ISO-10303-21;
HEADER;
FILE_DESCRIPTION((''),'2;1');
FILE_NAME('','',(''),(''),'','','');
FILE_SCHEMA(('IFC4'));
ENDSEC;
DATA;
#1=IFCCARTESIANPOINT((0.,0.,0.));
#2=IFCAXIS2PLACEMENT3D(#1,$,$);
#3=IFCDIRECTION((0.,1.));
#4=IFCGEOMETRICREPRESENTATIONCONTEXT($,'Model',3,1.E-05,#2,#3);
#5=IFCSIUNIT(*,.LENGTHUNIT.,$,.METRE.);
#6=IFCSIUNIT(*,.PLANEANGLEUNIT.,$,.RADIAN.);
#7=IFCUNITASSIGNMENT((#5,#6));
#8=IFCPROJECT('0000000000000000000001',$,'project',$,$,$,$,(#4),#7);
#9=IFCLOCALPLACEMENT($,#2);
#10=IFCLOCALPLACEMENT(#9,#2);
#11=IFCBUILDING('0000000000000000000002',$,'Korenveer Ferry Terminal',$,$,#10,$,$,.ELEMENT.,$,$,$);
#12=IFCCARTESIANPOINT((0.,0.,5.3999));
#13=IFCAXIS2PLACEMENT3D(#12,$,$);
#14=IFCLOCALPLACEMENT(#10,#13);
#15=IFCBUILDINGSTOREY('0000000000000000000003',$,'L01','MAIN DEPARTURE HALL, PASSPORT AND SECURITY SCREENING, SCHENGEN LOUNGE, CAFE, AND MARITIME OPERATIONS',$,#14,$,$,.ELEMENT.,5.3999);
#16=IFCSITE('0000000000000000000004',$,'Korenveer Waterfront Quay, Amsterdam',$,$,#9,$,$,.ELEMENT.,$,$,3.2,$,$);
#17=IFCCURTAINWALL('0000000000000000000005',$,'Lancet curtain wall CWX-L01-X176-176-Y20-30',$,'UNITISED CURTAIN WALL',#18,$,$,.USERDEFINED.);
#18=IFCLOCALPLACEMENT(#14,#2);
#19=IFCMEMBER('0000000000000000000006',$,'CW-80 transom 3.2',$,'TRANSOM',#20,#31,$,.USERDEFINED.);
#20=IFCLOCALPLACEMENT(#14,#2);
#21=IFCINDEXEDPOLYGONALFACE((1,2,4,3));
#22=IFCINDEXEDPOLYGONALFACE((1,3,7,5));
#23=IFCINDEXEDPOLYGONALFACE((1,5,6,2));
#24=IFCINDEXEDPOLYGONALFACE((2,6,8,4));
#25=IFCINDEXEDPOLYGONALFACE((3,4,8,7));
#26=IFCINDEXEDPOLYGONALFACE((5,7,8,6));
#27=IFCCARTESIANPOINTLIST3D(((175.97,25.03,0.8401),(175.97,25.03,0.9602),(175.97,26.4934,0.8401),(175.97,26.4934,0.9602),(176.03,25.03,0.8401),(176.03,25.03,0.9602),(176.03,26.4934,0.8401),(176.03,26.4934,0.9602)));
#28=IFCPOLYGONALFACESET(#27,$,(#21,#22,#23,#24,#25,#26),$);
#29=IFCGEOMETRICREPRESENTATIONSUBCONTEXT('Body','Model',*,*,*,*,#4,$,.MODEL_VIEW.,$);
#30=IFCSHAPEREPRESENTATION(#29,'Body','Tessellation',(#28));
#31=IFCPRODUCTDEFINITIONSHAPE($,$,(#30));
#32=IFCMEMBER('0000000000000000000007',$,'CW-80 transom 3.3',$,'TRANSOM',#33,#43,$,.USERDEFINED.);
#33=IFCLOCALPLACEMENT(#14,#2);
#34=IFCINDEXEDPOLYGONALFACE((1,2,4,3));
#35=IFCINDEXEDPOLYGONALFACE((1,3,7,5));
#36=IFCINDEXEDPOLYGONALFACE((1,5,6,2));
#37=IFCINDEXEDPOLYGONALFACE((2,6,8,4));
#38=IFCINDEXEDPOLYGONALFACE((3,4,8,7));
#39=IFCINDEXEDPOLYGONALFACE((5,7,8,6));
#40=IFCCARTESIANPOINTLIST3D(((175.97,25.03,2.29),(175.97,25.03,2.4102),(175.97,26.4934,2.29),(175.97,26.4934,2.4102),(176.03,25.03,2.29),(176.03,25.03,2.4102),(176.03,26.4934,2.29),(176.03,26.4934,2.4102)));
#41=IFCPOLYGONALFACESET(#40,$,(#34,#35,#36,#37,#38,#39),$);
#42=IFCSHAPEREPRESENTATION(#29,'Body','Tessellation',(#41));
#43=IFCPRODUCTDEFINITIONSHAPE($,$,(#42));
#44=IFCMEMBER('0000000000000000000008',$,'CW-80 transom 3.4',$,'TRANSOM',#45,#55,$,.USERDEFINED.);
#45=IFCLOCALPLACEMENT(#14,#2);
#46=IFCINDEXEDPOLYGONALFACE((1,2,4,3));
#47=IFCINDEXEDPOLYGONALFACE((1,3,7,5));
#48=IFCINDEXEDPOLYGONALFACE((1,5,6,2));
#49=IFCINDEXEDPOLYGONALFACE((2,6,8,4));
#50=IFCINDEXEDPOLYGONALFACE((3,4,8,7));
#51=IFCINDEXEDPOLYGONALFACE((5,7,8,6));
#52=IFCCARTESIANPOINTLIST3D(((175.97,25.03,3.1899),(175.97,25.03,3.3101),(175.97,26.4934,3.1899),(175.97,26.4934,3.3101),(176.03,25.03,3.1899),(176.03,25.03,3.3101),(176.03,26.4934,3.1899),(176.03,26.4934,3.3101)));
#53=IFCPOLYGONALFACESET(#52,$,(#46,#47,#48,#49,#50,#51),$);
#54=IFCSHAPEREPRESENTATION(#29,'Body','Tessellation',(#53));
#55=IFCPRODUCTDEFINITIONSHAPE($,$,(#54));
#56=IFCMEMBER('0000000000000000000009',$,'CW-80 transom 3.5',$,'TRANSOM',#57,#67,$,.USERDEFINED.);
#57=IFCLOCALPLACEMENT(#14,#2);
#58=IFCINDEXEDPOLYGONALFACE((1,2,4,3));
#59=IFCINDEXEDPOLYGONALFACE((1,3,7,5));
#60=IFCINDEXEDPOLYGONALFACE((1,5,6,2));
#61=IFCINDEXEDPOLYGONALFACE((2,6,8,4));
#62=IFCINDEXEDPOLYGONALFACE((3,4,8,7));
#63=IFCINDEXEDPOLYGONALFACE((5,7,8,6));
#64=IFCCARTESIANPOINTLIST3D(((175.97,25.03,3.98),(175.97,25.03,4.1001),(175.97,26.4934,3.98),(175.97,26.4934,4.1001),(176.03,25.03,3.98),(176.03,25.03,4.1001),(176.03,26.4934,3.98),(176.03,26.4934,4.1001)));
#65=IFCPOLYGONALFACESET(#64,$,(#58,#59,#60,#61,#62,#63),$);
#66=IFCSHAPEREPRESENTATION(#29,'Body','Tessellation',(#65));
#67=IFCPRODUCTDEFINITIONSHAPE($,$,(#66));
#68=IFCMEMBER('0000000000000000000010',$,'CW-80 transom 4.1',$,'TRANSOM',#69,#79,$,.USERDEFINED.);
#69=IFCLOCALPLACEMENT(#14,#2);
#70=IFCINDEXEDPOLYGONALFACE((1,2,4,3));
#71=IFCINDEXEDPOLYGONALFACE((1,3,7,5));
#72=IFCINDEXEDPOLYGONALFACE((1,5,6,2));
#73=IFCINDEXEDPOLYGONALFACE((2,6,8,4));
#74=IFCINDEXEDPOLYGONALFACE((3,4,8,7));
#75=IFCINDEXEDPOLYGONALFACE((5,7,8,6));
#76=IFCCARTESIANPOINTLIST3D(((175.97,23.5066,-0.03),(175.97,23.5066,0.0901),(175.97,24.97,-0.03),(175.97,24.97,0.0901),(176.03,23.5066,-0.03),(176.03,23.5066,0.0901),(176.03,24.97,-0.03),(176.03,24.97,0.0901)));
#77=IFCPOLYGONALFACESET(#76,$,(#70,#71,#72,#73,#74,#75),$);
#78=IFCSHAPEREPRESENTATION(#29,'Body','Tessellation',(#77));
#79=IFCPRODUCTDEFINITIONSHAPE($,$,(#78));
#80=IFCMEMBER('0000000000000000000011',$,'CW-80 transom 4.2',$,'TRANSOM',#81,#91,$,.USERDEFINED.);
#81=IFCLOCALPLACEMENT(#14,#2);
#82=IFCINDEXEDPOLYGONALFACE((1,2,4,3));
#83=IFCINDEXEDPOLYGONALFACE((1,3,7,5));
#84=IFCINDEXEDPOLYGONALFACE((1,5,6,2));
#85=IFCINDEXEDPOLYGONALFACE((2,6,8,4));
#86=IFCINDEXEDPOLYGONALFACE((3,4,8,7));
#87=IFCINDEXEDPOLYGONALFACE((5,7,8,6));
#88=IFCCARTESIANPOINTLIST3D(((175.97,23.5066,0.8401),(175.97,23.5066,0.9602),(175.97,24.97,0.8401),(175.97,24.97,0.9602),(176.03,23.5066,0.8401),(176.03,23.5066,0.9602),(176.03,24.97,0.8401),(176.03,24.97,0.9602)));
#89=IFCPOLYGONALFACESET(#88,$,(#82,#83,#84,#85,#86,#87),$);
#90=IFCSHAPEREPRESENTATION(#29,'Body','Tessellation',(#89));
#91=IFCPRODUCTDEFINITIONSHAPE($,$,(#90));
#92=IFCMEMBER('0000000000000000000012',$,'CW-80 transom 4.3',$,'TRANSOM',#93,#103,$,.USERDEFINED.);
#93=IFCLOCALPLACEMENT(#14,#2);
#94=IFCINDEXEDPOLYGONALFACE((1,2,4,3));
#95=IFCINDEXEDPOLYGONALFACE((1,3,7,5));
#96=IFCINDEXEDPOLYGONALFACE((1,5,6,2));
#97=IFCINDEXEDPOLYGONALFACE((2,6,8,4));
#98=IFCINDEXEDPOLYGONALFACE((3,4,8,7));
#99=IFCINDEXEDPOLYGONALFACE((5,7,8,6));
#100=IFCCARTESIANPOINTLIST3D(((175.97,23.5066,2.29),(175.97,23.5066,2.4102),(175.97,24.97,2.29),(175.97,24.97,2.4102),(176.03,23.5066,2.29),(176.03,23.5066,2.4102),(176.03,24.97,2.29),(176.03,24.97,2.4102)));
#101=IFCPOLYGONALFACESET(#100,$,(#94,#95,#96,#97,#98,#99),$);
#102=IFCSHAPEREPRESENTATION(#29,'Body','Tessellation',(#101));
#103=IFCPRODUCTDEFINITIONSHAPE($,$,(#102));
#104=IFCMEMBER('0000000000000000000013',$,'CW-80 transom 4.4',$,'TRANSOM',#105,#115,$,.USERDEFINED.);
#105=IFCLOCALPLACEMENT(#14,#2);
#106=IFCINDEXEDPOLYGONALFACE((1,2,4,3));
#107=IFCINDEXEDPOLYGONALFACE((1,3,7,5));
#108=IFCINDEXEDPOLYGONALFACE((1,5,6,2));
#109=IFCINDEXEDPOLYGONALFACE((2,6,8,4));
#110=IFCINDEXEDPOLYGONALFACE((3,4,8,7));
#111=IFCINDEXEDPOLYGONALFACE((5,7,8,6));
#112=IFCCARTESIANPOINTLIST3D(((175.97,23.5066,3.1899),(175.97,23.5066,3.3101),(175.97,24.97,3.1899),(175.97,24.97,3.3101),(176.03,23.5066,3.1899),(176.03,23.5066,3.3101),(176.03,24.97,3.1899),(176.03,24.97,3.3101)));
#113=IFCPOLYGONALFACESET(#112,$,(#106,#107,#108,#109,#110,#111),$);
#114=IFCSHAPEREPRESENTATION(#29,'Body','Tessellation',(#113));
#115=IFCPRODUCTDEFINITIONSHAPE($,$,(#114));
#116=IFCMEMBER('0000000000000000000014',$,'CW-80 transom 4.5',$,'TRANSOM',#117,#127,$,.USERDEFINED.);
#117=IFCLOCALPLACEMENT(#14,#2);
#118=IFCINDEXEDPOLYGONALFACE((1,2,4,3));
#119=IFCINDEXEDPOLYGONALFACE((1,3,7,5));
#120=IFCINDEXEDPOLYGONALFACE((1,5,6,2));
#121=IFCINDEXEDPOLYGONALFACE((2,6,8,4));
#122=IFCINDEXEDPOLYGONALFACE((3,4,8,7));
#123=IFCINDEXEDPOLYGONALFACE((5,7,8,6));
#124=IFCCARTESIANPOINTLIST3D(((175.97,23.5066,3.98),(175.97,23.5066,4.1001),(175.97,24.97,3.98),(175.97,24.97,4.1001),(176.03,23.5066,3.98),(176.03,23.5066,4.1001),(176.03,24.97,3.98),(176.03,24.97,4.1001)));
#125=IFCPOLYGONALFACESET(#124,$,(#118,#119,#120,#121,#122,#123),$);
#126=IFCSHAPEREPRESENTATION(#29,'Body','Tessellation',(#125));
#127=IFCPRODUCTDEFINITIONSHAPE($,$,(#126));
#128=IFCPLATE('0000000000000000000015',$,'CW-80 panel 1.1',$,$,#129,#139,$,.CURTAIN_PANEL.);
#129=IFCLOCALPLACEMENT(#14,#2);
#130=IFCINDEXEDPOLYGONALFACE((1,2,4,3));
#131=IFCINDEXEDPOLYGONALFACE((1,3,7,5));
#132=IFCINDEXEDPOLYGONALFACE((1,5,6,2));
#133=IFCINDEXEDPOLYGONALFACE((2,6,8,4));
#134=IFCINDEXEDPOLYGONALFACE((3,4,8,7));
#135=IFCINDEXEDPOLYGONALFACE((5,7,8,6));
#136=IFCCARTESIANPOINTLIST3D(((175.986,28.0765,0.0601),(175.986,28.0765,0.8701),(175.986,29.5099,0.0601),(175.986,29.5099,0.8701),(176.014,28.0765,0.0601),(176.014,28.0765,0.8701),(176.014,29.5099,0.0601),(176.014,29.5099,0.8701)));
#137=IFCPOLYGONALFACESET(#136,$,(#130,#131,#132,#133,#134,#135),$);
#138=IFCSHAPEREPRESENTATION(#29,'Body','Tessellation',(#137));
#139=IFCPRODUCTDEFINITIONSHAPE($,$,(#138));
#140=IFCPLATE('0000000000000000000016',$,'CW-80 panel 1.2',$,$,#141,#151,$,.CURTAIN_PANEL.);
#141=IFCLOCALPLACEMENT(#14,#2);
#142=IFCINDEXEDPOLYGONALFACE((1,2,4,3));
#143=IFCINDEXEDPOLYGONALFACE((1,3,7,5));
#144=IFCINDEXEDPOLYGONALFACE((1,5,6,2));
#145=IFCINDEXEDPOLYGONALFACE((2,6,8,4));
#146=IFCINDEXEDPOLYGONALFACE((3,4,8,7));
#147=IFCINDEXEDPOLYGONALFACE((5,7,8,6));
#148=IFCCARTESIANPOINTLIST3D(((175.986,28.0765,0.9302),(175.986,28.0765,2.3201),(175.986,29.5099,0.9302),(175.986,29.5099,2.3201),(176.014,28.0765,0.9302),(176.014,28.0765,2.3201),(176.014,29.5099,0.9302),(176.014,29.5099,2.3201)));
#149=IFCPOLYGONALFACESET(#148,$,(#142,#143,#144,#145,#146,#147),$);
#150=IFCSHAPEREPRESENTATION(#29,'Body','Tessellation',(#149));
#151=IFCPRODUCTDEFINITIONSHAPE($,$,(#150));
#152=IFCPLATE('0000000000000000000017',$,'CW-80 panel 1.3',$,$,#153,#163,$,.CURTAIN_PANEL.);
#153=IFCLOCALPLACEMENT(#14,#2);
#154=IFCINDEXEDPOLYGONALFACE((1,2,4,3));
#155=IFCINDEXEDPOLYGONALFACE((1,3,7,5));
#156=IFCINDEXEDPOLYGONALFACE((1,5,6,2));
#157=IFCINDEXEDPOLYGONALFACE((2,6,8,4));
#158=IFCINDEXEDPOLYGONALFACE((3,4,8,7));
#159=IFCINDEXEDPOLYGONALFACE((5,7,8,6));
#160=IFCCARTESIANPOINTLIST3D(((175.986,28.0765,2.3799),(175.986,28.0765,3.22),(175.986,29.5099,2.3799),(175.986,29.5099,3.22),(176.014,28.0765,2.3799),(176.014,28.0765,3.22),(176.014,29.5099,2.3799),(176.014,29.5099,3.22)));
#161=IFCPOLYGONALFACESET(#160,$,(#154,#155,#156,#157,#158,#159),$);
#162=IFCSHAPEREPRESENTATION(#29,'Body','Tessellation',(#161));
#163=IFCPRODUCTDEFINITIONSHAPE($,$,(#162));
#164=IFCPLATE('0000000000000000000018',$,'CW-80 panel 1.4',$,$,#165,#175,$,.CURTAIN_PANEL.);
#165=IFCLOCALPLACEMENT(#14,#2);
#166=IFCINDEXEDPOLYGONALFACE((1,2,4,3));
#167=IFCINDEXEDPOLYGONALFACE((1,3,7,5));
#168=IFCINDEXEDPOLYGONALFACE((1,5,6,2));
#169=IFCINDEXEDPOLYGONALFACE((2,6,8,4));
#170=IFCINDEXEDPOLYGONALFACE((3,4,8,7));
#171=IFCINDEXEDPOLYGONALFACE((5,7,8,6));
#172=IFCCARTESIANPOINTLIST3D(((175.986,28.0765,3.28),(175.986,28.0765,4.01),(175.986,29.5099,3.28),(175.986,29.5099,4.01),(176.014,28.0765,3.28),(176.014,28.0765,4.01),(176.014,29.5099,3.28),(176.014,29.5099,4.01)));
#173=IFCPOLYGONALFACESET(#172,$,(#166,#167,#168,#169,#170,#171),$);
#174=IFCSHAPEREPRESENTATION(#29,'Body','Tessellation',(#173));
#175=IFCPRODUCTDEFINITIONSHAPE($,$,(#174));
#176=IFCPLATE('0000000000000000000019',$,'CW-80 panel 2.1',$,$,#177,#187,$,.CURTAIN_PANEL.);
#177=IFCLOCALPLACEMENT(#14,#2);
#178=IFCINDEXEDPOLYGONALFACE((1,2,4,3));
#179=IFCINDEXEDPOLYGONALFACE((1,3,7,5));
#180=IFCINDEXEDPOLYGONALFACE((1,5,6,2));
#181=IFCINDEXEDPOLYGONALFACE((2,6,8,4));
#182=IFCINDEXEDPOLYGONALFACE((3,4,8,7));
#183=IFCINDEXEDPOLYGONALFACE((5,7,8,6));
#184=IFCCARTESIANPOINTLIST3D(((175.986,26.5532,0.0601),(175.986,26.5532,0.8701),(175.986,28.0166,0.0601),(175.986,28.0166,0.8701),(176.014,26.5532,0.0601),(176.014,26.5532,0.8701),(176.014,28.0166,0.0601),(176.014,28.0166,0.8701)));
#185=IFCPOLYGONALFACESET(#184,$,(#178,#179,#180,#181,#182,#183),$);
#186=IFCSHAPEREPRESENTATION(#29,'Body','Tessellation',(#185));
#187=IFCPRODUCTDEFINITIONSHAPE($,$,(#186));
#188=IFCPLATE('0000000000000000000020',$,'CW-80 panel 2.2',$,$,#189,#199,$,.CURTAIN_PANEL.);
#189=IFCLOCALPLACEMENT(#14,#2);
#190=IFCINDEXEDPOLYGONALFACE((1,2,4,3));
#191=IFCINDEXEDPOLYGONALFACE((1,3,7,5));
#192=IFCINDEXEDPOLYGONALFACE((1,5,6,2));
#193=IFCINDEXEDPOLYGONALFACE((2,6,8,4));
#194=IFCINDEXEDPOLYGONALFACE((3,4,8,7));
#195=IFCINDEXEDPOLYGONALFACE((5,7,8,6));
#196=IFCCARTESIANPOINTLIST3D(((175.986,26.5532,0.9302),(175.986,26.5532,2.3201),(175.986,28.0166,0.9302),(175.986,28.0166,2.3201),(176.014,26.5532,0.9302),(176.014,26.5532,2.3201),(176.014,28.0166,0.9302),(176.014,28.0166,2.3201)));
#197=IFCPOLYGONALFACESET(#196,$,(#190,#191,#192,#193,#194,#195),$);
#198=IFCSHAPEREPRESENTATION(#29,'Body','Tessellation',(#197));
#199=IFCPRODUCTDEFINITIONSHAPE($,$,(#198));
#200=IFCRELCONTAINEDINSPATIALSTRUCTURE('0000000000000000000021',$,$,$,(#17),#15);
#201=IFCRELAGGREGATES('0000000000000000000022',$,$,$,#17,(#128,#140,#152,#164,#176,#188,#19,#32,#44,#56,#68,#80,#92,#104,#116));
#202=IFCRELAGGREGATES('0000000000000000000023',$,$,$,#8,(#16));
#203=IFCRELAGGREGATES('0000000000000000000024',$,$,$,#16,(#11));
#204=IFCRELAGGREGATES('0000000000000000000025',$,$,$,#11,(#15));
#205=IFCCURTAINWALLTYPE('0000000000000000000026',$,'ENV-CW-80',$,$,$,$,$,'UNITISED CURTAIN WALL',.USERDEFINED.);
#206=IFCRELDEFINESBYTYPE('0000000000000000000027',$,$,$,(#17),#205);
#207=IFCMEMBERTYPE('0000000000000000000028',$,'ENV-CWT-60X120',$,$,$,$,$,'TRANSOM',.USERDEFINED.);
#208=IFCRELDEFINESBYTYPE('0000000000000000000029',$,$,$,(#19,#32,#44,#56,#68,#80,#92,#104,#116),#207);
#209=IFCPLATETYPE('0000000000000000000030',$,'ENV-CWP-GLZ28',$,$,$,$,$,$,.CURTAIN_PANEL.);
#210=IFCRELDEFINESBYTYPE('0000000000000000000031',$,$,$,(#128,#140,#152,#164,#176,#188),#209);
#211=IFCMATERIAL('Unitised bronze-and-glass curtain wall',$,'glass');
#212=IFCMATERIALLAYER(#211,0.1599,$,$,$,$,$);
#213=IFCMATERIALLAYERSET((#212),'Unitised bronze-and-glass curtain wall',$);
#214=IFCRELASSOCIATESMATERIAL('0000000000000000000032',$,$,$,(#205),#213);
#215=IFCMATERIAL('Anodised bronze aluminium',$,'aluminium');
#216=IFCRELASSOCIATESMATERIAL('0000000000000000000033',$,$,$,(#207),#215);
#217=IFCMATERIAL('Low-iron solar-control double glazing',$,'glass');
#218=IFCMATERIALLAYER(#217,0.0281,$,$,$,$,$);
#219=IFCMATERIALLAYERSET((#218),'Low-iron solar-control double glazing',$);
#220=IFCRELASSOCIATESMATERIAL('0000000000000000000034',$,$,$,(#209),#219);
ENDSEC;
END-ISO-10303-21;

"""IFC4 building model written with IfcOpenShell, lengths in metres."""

from ifc_helpers import new_model, si_unit, direction, frame, origin, origin_2d, place, context, subcontext, project, spatial, rectangle, extrude, material, layer, layer_set, material_profile, profile_set, type_object, element, aggregate, save


model = new_model("IFC4")

# Units and contexts
model_context = context("Model", 3, precision=1e-05, world=origin(), true_north=direction((0.0, 1.0)))
body_context = subcontext(model_context, "Body", "Model", "MODEL_VIEW")
ifc_project = project(units=[si_unit("LENGTHUNIT", "METRE"), si_unit("PLANEANGLEUNIT", "RADIAN")], contexts=[model_context])

# Site, building, storey
site_placement = place(None, origin())
site = spatial("IfcSite", under=ifc_project, at=site_placement, Name="Korenveer Waterfront Quay, Amsterdam", CompositionType="ELEMENT", RefElevation=3.2)
building_placement = place(site_placement, origin())
building = spatial("IfcBuilding", under=site, at=building_placement, Name="Korenveer Ferry Terminal", CompositionType="ELEMENT")
storey_placement = place(building_placement, frame((0.0, 0.0, 5.3999)))
storey = spatial("IfcBuildingStorey", under=building, at=storey_placement, Name="L01", Description="MAIN DEPARTURE HALL, PASSPORT AND SECURITY SCREENING, SCHENGEN LOUNGE, CAFE, AND MARITIME OPERATIONS", CompositionType="ELEMENT", Elevation=5.3999)

# Curtain wall, members, plates
ifc_material_1 = material(Name="Unitised bronze-and-glass curtain wall", Category="glass")
ifc_layer_1 = layer(ifc_material_1, 0.1599)
ifc_layer_set_1 = layer_set([ifc_layer_1], Name="Unitised bronze-and-glass curtain wall")
curtain_wall_type = type_object("IfcCurtainWallType", Name="ENV-CW-80", ElementType="UNITISED CURTAIN WALL", PredefinedType="USERDEFINED", material=ifc_layer_set_1)
curtain_wall_placement = place(storey_placement, frame((176.0, 29.5701, 0.0)))
curtain_wall = element("IfcCurtainWall", 1, at=curtain_wall_placement, inside=storey, type_object=curtain_wall_type, Name="Lancet curtain wall CWX-L01-X176-176-Y20-30", ObjectType="UNITISED CURTAIN WALL", PredefinedType="USERDEFINED")
ifc_material_2 = material(Name="Anodised bronze aluminium", Category="aluminium")
ifc_material_profile_1 = material_profile(ifc_material_2, rectangle(XDim=0.0601, YDim=0.1201, at=origin_2d()), Name="ALU 60x120")
ifc_profile_set_1 = profile_set([ifc_material_profile_1], Name="Anodised bronze aluminium")
member_type_1 = type_object("IfcMemberType", Name="ENV-CWT-60X120", ElementType="TRANSOM", PredefinedType="USERDEFINED", material=ifc_profile_set_1)
member_1_placement = place(storey_placement, frame((176.0, 26.4934, 0.9001), z_axis=(0.0, -1.0, 0.0), x_axis=(1.0, 0.0, 0.0)))
member_1 = element("IfcMember", 2, at=member_1_placement, type_object=member_type_1, Name="CW-80 transom 3.2", ObjectType="TRANSOM", PredefinedType="USERDEFINED", context=body_context, shape_type="SweptSolid", body=[
    extrude(rectangle(XDim=0.0601, YDim=0.1201, at=origin_2d()), origin(), (0.0, 0.0, 1.0), 1.4634),
])
member_2_placement = place(storey_placement, frame((176.0, 26.4934, 2.3501), z_axis=(0.0, -1.0, 0.0), x_axis=(1.0, 0.0, 0.0)))
member_2 = element("IfcMember", 3, at=member_2_placement, type_object=member_type_1, Name="CW-80 transom 3.3", ObjectType="TRANSOM", PredefinedType="USERDEFINED", context=body_context, shape_type="SweptSolid", body=[
    extrude(rectangle(XDim=0.0601, YDim=0.1201, at=origin_2d()), origin(), (0.0, 0.0, 1.0), 1.4634),
])
member_3_placement = place(storey_placement, frame((176.0, 26.4934, 3.25), z_axis=(0.0, -1.0, 0.0), x_axis=(1.0, 0.0, 0.0)))
member_3 = element("IfcMember", 4, at=member_3_placement, type_object=member_type_1, Name="CW-80 transom 3.4", ObjectType="TRANSOM", PredefinedType="USERDEFINED", context=body_context, shape_type="SweptSolid", body=[
    extrude(rectangle(XDim=0.0601, YDim=0.1201, at=origin_2d()), origin(), (0.0, 0.0, 1.0), 1.4634),
])
member_4_placement = place(storey_placement, frame((176.0, 26.4934, 4.04), z_axis=(0.0, -1.0, 0.0), x_axis=(1.0, 0.0, 0.0)))
member_4 = element("IfcMember", 5, at=member_4_placement, type_object=member_type_1, Name="CW-80 transom 3.5", ObjectType="TRANSOM", PredefinedType="USERDEFINED", context=body_context, shape_type="SweptSolid", body=[
    extrude(rectangle(XDim=0.0601, YDim=0.1201, at=origin_2d()), origin(), (0.0, 0.0, 1.0), 1.4634),
])
member_5_placement = place(storey_placement, frame((176.0, 24.97, 0.03), z_axis=(0.0, -1.0, 0.0), x_axis=(1.0, 0.0, 0.0)))
member_5 = element("IfcMember", 6, at=member_5_placement, type_object=member_type_1, Name="CW-80 transom 4.1", ObjectType="TRANSOM", PredefinedType="USERDEFINED", context=body_context, shape_type="SweptSolid", body=[
    extrude(rectangle(XDim=0.0601, YDim=0.1201, at=origin_2d()), origin(), (0.0, 0.0, 1.0), 1.4634),
])
member_6_placement = place(storey_placement, frame((176.0, 24.97, 0.9001), z_axis=(0.0, -1.0, 0.0), x_axis=(1.0, 0.0, 0.0)))
member_6 = element("IfcMember", 7, at=member_6_placement, type_object=member_type_1, Name="CW-80 transom 4.2", ObjectType="TRANSOM", PredefinedType="USERDEFINED", context=body_context, shape_type="SweptSolid", body=[
    extrude(rectangle(XDim=0.0601, YDim=0.1201, at=origin_2d()), origin(), (0.0, 0.0, 1.0), 1.4634),
])
member_7_placement = place(storey_placement, frame((176.0, 24.97, 2.3501), z_axis=(0.0, -1.0, 0.0), x_axis=(1.0, 0.0, 0.0)))
member_7 = element("IfcMember", 8, at=member_7_placement, type_object=member_type_1, Name="CW-80 transom 4.3", ObjectType="TRANSOM", PredefinedType="USERDEFINED", context=body_context, shape_type="SweptSolid", body=[
    extrude(rectangle(XDim=0.0601, YDim=0.1201, at=origin_2d()), origin(), (0.0, 0.0, 1.0), 1.4634),
])
member_8_placement = place(storey_placement, frame((176.0, 24.97, 3.25), z_axis=(0.0, -1.0, 0.0), x_axis=(1.0, 0.0, 0.0)))
member_8 = element("IfcMember", 9, at=member_8_placement, type_object=member_type_1, Name="CW-80 transom 4.4", ObjectType="TRANSOM", PredefinedType="USERDEFINED", context=body_context, shape_type="SweptSolid", body=[
    extrude(rectangle(XDim=0.0601, YDim=0.1201, at=origin_2d()), origin(), (0.0, 0.0, 1.0), 1.4634),
])
member_9_placement = place(storey_placement, frame((176.0, 24.97, 4.04), z_axis=(0.0, -1.0, 0.0), x_axis=(1.0, 0.0, 0.0)))
member_9 = element("IfcMember", 10, at=member_9_placement, type_object=member_type_1, Name="CW-80 transom 4.5", ObjectType="TRANSOM", PredefinedType="USERDEFINED", context=body_context, shape_type="SweptSolid", body=[
    extrude(rectangle(XDim=0.0601, YDim=0.1201, at=origin_2d()), origin(), (0.0, 0.0, 1.0), 1.4634),
])
ifc_material_3 = material(Name="Low-iron solar-control double glazing", Category="glass")
ifc_layer_2 = layer(ifc_material_3, 0.0281)
ifc_layer_set_2 = layer_set([ifc_layer_2], Name="Low-iron solar-control double glazing")
plate_type = type_object("IfcPlateType", Name="ENV-CWP-GLZ28", PredefinedType="CURTAIN_PANEL", material=ifc_layer_set_2)
plate_1_placement = place(storey_placement, frame((176.0, 28.7932, 0.0601), z_axis=(0.0, 0.0, 1.0), x_axis=(0.0, -1.0, 0.0)))
plate_1 = element("IfcPlate", 11, at=plate_1_placement, type_object=plate_type, Name="CW-80 panel 1.1", PredefinedType="CURTAIN_PANEL", context=body_context, shape_type="SweptSolid", body=[
    extrude(rectangle(XDim=1.4333, YDim=0.0281, at=origin_2d()), origin(), (0.0, 0.0, 1.0), 0.8101),
])
plate_2_placement = place(storey_placement, frame((176.0, 28.7932, 0.9302), z_axis=(0.0, 0.0, 1.0), x_axis=(0.0, -1.0, 0.0)))
plate_2 = element("IfcPlate", 12, at=plate_2_placement, type_object=plate_type, Name="CW-80 panel 1.2", PredefinedType="CURTAIN_PANEL", context=body_context, shape_type="SweptSolid", body=[
    extrude(rectangle(XDim=1.4333, YDim=0.0281, at=origin_2d()), origin(), (0.0, 0.0, 1.0), 1.3899),
])
plate_3_placement = place(storey_placement, frame((176.0, 28.7932, 2.3799), z_axis=(0.0, 0.0, 1.0), x_axis=(0.0, -1.0, 0.0)))
plate_3 = element("IfcPlate", 13, at=plate_3_placement, type_object=plate_type, Name="CW-80 panel 1.3", PredefinedType="CURTAIN_PANEL", context=body_context, shape_type="SweptSolid", body=[
    extrude(rectangle(XDim=1.4333, YDim=0.0281, at=origin_2d()), origin(), (0.0, 0.0, 1.0), 0.8401),
])
plate_4_placement = place(storey_placement, frame((176.0, 28.7932, 3.28), z_axis=(0.0, 0.0, 1.0), x_axis=(0.0, -1.0, 0.0)))
plate_4 = element("IfcPlate", 14, at=plate_4_placement, type_object=plate_type, Name="CW-80 panel 1.4", PredefinedType="CURTAIN_PANEL", context=body_context, shape_type="SweptSolid", body=[
    extrude(rectangle(XDim=1.4333, YDim=0.0281, at=origin_2d()), origin(), (0.0, 0.0, 1.0), 0.73),
])
plate_5_placement = place(storey_placement, frame((176.0, 27.2849, 0.0601), z_axis=(0.0, 0.0, 1.0), x_axis=(0.0, -1.0, 0.0)))
plate_5 = element("IfcPlate", 15, at=plate_5_placement, type_object=plate_type, Name="CW-80 panel 2.1", PredefinedType="CURTAIN_PANEL", context=body_context, shape_type="SweptSolid", body=[
    extrude(rectangle(XDim=1.4634, YDim=0.0281, at=origin_2d()), origin(), (0.0, 0.0, 1.0), 0.8101),
])
plate_6_placement = place(storey_placement, frame((176.0, 27.2849, 0.9302), z_axis=(0.0, 0.0, 1.0), x_axis=(0.0, -1.0, 0.0)))
plate_6 = element("IfcPlate", 16, at=plate_6_placement, type_object=plate_type, Name="CW-80 panel 2.2", PredefinedType="CURTAIN_PANEL", context=body_context, shape_type="SweptSolid", body=[
    extrude(rectangle(XDim=1.4634, YDim=0.0281, at=origin_2d()), origin(), (0.0, 0.0, 1.0), 1.3899),
])
aggregate(curtain_wall, [plate_1, plate_2, plate_3, plate_4, plate_5, plate_6, member_1, member_2, member_3, member_4, member_5, member_6, member_7, member_8, member_9])

save(model, "model.ifc")
